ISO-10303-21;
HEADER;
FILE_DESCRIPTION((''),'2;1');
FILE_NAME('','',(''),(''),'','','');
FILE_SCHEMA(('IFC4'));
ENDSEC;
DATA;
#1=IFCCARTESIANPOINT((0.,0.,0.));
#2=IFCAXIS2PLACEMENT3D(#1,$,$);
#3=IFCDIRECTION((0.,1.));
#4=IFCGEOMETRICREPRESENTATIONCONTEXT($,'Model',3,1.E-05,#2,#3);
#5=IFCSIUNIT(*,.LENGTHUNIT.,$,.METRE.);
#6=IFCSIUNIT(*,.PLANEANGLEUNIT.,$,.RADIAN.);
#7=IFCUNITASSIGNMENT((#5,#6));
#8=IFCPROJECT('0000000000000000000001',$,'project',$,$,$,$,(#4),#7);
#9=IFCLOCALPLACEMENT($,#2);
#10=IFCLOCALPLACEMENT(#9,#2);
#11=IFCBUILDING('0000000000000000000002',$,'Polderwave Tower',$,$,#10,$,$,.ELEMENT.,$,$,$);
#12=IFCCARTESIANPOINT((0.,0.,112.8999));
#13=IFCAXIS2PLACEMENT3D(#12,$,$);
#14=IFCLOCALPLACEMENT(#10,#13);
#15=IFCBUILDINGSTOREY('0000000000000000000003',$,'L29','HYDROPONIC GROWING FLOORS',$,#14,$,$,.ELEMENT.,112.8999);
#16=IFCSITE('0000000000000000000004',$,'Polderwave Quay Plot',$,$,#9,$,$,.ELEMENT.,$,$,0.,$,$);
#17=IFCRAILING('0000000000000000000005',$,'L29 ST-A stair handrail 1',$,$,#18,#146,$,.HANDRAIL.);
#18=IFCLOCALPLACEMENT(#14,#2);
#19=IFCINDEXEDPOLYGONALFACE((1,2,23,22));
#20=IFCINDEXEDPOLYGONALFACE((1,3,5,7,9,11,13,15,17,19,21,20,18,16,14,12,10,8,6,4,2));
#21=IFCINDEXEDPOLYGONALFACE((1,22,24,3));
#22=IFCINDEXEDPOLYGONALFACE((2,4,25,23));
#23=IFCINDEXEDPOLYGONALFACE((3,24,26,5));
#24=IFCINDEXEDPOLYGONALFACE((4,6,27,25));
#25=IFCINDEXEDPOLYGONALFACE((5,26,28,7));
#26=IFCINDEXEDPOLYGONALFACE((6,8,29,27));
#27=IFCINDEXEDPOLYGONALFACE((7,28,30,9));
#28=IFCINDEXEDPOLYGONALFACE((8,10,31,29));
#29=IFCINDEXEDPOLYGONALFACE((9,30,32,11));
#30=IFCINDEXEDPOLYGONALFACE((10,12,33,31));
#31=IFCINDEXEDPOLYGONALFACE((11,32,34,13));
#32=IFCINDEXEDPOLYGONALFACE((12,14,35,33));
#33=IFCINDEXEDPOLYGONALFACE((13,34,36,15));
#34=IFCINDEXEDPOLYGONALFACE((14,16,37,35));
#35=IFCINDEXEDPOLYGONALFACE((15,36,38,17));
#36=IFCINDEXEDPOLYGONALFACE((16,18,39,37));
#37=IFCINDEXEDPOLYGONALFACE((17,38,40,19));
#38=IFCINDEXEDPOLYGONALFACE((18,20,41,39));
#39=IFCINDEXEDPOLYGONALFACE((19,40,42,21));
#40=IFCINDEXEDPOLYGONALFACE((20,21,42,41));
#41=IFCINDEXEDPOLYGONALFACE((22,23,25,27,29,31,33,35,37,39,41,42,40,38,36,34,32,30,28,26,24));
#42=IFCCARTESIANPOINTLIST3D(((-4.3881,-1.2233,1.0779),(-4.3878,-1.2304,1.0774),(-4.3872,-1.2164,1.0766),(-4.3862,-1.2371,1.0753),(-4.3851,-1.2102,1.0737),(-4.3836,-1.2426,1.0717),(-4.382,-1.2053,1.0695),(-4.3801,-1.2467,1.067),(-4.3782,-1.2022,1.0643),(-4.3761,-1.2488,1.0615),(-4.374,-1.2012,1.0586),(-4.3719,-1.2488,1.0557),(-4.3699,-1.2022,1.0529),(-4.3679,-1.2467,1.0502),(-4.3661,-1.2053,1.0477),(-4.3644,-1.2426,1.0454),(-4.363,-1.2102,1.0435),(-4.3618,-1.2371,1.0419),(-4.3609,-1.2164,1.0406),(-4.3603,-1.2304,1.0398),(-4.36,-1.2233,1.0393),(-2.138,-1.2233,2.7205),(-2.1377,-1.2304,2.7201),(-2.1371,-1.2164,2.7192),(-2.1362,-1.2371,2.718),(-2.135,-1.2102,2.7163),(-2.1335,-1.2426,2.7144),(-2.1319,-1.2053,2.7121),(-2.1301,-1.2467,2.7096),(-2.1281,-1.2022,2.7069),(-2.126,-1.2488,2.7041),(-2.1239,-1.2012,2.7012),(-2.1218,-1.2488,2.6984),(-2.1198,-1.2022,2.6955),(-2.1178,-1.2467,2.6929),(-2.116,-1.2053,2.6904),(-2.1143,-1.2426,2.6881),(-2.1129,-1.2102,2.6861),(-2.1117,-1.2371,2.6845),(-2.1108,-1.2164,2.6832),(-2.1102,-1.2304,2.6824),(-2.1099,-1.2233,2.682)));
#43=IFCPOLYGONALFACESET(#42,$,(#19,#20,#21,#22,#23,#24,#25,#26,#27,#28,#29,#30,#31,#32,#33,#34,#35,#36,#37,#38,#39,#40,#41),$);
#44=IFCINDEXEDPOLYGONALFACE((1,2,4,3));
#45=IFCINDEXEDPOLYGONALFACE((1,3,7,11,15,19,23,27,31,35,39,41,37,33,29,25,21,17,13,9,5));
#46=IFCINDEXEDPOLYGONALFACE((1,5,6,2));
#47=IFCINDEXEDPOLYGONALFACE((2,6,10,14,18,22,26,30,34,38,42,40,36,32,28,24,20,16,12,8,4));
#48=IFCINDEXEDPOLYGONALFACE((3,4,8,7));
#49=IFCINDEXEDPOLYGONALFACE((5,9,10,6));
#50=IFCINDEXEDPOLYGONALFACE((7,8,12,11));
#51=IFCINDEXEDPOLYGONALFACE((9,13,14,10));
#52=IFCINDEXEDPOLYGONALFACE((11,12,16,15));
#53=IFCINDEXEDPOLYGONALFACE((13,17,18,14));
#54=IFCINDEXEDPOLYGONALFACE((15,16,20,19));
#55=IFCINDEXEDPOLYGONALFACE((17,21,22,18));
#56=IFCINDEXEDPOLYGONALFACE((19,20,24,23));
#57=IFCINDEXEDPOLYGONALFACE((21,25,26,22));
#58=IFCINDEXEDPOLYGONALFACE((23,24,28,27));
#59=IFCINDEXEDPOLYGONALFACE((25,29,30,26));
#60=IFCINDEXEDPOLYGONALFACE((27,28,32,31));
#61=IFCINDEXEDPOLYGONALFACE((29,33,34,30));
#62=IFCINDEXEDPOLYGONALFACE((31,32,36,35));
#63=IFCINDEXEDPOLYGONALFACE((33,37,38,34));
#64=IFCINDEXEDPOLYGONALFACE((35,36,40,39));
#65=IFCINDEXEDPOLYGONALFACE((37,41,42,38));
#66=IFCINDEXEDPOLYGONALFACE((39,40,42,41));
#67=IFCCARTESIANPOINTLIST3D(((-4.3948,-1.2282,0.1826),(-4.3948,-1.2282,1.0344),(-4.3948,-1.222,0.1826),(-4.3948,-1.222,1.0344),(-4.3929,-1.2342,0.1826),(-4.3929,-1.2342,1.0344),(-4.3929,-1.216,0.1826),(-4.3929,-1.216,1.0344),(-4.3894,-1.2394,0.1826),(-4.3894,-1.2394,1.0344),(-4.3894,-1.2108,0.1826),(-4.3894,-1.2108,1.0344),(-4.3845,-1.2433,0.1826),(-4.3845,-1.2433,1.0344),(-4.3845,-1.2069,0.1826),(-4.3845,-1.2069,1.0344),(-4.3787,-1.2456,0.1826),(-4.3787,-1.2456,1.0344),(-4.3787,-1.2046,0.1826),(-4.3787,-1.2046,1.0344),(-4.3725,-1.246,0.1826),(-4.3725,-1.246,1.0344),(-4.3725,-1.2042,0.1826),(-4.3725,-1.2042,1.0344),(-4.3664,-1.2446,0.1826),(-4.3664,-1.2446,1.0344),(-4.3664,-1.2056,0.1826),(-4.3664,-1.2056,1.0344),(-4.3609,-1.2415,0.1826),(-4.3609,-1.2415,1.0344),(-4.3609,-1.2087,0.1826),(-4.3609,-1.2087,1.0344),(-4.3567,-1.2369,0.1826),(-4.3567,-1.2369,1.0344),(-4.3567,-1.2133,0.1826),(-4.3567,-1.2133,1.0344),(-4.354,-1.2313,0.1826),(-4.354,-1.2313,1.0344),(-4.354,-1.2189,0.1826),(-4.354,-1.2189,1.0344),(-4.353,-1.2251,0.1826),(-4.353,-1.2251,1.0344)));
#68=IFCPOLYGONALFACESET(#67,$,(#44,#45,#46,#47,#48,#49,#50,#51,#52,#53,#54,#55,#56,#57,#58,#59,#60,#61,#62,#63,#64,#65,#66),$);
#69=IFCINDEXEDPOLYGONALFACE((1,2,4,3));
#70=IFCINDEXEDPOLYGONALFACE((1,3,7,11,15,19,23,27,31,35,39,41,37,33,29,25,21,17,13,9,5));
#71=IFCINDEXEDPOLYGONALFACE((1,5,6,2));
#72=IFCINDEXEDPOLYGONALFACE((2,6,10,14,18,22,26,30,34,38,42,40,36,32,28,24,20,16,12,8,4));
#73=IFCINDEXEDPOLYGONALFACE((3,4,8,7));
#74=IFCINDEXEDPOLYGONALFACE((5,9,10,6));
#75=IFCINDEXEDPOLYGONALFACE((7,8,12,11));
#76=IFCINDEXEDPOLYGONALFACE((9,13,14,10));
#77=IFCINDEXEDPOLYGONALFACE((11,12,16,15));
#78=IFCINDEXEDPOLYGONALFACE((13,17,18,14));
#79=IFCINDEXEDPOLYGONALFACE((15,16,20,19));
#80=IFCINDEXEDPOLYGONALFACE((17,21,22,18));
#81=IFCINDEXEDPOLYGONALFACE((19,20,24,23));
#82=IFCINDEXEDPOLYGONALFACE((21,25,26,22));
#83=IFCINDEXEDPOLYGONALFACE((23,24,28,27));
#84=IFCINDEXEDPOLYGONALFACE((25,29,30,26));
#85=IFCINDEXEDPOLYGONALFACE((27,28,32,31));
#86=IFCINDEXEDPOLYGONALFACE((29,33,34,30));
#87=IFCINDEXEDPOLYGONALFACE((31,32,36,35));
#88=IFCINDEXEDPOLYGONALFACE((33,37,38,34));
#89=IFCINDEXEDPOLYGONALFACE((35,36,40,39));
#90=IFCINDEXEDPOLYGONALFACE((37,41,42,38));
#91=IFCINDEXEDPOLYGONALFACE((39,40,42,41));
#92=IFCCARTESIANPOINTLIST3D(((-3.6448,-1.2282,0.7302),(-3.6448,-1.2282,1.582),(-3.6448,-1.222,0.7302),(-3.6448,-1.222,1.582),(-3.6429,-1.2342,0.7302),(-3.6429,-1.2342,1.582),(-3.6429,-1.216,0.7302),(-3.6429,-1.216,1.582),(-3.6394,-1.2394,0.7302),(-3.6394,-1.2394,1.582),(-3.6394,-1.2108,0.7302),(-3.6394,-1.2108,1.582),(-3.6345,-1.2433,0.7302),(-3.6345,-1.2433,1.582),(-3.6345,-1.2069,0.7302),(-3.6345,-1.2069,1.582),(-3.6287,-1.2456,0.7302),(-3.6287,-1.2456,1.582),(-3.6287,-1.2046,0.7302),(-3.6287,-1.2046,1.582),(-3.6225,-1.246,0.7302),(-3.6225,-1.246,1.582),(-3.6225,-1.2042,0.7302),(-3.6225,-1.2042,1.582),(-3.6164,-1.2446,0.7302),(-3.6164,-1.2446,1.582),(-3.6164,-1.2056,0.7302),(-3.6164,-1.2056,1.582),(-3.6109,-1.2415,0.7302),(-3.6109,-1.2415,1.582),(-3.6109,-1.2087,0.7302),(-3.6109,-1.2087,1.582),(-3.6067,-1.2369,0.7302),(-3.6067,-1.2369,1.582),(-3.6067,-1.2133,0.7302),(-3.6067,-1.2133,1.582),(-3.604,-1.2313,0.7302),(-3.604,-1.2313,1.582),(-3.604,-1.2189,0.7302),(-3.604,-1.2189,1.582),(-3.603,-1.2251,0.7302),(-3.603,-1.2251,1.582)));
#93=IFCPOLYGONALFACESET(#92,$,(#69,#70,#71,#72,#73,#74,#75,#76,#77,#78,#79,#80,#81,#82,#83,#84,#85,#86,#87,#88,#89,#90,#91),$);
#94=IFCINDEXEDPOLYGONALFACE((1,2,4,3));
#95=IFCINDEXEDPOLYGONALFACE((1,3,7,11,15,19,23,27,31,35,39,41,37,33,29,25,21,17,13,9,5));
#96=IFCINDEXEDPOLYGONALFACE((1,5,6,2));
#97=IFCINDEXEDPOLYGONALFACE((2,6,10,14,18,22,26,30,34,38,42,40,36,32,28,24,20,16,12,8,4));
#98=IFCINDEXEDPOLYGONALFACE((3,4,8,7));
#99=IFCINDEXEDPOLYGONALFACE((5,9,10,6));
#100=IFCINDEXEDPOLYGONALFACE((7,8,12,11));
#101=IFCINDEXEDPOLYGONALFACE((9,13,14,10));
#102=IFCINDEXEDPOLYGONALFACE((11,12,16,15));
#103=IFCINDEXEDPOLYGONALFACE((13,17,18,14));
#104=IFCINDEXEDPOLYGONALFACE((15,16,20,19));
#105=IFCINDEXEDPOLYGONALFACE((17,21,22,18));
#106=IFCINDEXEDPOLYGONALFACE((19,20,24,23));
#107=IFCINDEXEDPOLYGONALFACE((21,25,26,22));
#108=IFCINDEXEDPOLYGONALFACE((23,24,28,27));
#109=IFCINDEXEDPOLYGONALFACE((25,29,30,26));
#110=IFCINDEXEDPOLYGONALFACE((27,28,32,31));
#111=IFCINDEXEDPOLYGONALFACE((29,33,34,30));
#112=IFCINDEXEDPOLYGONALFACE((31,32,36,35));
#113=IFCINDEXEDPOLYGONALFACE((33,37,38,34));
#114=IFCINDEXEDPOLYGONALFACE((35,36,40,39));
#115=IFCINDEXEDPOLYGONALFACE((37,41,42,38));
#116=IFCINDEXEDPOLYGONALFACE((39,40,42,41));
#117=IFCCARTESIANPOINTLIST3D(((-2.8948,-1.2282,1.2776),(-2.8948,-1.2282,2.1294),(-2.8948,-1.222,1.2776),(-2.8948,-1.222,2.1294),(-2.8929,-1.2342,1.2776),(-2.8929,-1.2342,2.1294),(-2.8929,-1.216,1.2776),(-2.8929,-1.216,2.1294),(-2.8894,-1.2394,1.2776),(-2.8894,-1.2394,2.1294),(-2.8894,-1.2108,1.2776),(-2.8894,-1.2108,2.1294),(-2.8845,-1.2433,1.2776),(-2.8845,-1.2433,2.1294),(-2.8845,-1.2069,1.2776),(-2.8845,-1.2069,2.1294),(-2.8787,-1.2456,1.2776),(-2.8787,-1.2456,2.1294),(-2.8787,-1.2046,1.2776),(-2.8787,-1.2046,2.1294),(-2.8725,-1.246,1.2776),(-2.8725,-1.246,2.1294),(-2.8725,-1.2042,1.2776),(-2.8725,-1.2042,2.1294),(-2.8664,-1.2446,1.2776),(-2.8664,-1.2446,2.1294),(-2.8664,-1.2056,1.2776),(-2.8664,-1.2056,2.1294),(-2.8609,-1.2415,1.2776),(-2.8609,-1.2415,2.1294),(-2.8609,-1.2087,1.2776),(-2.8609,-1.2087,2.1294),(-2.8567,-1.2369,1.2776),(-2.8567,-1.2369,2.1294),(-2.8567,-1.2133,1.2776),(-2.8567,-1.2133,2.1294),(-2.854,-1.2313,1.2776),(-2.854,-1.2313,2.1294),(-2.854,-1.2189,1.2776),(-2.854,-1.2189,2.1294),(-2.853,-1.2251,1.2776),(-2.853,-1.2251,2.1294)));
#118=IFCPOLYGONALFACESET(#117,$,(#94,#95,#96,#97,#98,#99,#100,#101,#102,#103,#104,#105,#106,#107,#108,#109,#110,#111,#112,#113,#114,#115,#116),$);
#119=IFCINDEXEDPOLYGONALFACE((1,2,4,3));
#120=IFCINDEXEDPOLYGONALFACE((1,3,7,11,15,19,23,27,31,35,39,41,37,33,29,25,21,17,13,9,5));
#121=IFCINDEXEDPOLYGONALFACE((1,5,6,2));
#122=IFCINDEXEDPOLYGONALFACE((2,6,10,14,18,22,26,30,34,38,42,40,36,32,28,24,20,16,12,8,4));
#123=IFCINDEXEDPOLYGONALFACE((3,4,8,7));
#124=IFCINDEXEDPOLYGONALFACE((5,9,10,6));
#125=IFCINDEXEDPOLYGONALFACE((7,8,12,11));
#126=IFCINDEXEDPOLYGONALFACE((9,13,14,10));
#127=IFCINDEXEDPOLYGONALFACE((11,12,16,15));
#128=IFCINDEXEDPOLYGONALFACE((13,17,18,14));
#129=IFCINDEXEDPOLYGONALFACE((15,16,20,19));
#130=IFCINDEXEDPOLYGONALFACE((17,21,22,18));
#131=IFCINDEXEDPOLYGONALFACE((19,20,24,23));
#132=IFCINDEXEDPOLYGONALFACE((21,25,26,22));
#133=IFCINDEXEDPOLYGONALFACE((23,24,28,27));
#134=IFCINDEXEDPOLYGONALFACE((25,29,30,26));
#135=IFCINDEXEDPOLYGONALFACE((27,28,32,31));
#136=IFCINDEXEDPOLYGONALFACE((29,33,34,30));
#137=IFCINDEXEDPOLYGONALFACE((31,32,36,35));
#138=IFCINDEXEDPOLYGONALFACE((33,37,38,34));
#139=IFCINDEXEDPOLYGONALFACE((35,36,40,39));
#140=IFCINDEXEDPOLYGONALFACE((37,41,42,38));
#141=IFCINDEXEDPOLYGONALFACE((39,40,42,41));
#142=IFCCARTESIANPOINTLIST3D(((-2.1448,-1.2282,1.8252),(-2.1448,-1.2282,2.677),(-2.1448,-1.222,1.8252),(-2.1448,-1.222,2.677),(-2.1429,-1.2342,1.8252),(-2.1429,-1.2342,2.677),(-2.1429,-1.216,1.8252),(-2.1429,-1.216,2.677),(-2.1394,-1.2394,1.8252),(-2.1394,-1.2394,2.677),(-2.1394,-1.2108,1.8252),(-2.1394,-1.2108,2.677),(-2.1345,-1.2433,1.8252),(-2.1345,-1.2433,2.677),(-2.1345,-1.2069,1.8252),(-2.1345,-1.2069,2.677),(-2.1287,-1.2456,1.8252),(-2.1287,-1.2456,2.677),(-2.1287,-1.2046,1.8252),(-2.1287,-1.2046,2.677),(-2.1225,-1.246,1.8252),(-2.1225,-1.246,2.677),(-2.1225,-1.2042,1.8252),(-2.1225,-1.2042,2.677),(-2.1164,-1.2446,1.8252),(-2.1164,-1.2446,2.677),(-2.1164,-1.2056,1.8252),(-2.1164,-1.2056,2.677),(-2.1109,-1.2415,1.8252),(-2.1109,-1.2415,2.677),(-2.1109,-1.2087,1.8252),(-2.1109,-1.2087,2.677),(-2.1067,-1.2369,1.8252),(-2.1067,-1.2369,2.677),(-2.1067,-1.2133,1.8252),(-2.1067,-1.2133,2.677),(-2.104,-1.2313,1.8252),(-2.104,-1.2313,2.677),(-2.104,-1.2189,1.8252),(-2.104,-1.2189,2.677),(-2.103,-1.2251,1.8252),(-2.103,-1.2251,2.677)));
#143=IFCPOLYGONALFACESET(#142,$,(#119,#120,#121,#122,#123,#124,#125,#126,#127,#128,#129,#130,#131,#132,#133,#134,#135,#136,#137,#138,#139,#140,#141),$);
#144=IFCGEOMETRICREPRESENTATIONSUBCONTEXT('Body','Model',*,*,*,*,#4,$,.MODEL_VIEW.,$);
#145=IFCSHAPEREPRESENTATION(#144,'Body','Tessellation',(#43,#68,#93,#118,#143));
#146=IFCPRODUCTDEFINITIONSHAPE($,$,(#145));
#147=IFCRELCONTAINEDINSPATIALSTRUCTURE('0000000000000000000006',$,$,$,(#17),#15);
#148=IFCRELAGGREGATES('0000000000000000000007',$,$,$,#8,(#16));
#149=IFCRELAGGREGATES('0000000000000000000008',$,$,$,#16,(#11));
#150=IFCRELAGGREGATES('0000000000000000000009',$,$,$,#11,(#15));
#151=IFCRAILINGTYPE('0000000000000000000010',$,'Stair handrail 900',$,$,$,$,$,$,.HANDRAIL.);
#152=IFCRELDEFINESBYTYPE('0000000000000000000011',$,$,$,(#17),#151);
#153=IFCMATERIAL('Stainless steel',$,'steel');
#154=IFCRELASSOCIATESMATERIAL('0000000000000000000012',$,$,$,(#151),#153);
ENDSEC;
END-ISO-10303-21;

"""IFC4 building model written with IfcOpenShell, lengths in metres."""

from ifc_helpers import new_model, si_unit, direction, frame, origin, origin_2d, place, context, subcontext, project, spatial, circle, extrude, material, type_object, element, save


model = new_model("IFC4")

# Units and contexts
model_context = context("Model", 3, precision=1e-05, world=origin(), true_north=direction((0.0, 1.0)))
body_context = subcontext(model_context, "Body", "Model", "MODEL_VIEW")
ifc_project = project(units=[si_unit("LENGTHUNIT", "METRE"), si_unit("PLANEANGLEUNIT", "RADIAN")], contexts=[model_context])

# Site, building, storey
site_placement = place(None, origin())
site = spatial("IfcSite", under=ifc_project, at=site_placement, Name="Polderwave Quay Plot", CompositionType="ELEMENT", RefElevation=0.0)
building_placement = place(site_placement, origin())
building = spatial("IfcBuilding", under=site, at=building_placement, Name="Polderwave Tower", CompositionType="ELEMENT")
storey_placement = place(building_placement, frame((0.0, 0.0, 112.8999)))
storey = spatial("IfcBuildingStorey", under=building, at=storey_placement, Name="L29", Description="HYDROPONIC GROWING FLOORS", CompositionType="ELEMENT", Elevation=112.8999)

# Railing
ifc_material_1 = material(Name="Stainless steel", Category="steel")
railing_type_1 = type_object("IfcRailingType", Name="Stair handrail 900", PredefinedType="HANDRAIL", material=ifc_material_1)
railing_1_placement = place(storey_placement, frame((-4.374, -1.2251, 0.1826)))
element("IfcRailing", 1, at=railing_1_placement, inside=storey, type_object=railing_type_1, Name="L29 ST-A stair handrail 1", PredefinedType="HANDRAIL", context=body_context, shape_type="SweptSolid", body=[
    extrude(circle(Radius=0.0239, at=origin_2d()), frame((0.0, 0.0, 0.876), z_axis=(0.807674, 0.0, 0.58963), x_axis=(0.0, 1.0, 0.0)), (0.0, 0.0, 1.0), 2.7859),
    extrude(circle(Radius=0.021, at=origin_2d()), origin(), (0.0, 0.0, 1.0), 0.8518),
    extrude(circle(Radius=0.021, at=origin_2d()), frame((0.75, 0.0, 0.5476)), (0.0, 0.0, 1.0), 0.8518),
    extrude(circle(Radius=0.021, at=origin_2d()), frame((1.5, 0.0, 1.095)), (0.0, 0.0, 1.0), 0.8518),
    extrude(circle(Radius=0.021, at=origin_2d()), frame((2.25, 0.0, 1.6426)), (0.0, 0.0, 1.0), 0.8518),
])

save(model, "model.ifc")
